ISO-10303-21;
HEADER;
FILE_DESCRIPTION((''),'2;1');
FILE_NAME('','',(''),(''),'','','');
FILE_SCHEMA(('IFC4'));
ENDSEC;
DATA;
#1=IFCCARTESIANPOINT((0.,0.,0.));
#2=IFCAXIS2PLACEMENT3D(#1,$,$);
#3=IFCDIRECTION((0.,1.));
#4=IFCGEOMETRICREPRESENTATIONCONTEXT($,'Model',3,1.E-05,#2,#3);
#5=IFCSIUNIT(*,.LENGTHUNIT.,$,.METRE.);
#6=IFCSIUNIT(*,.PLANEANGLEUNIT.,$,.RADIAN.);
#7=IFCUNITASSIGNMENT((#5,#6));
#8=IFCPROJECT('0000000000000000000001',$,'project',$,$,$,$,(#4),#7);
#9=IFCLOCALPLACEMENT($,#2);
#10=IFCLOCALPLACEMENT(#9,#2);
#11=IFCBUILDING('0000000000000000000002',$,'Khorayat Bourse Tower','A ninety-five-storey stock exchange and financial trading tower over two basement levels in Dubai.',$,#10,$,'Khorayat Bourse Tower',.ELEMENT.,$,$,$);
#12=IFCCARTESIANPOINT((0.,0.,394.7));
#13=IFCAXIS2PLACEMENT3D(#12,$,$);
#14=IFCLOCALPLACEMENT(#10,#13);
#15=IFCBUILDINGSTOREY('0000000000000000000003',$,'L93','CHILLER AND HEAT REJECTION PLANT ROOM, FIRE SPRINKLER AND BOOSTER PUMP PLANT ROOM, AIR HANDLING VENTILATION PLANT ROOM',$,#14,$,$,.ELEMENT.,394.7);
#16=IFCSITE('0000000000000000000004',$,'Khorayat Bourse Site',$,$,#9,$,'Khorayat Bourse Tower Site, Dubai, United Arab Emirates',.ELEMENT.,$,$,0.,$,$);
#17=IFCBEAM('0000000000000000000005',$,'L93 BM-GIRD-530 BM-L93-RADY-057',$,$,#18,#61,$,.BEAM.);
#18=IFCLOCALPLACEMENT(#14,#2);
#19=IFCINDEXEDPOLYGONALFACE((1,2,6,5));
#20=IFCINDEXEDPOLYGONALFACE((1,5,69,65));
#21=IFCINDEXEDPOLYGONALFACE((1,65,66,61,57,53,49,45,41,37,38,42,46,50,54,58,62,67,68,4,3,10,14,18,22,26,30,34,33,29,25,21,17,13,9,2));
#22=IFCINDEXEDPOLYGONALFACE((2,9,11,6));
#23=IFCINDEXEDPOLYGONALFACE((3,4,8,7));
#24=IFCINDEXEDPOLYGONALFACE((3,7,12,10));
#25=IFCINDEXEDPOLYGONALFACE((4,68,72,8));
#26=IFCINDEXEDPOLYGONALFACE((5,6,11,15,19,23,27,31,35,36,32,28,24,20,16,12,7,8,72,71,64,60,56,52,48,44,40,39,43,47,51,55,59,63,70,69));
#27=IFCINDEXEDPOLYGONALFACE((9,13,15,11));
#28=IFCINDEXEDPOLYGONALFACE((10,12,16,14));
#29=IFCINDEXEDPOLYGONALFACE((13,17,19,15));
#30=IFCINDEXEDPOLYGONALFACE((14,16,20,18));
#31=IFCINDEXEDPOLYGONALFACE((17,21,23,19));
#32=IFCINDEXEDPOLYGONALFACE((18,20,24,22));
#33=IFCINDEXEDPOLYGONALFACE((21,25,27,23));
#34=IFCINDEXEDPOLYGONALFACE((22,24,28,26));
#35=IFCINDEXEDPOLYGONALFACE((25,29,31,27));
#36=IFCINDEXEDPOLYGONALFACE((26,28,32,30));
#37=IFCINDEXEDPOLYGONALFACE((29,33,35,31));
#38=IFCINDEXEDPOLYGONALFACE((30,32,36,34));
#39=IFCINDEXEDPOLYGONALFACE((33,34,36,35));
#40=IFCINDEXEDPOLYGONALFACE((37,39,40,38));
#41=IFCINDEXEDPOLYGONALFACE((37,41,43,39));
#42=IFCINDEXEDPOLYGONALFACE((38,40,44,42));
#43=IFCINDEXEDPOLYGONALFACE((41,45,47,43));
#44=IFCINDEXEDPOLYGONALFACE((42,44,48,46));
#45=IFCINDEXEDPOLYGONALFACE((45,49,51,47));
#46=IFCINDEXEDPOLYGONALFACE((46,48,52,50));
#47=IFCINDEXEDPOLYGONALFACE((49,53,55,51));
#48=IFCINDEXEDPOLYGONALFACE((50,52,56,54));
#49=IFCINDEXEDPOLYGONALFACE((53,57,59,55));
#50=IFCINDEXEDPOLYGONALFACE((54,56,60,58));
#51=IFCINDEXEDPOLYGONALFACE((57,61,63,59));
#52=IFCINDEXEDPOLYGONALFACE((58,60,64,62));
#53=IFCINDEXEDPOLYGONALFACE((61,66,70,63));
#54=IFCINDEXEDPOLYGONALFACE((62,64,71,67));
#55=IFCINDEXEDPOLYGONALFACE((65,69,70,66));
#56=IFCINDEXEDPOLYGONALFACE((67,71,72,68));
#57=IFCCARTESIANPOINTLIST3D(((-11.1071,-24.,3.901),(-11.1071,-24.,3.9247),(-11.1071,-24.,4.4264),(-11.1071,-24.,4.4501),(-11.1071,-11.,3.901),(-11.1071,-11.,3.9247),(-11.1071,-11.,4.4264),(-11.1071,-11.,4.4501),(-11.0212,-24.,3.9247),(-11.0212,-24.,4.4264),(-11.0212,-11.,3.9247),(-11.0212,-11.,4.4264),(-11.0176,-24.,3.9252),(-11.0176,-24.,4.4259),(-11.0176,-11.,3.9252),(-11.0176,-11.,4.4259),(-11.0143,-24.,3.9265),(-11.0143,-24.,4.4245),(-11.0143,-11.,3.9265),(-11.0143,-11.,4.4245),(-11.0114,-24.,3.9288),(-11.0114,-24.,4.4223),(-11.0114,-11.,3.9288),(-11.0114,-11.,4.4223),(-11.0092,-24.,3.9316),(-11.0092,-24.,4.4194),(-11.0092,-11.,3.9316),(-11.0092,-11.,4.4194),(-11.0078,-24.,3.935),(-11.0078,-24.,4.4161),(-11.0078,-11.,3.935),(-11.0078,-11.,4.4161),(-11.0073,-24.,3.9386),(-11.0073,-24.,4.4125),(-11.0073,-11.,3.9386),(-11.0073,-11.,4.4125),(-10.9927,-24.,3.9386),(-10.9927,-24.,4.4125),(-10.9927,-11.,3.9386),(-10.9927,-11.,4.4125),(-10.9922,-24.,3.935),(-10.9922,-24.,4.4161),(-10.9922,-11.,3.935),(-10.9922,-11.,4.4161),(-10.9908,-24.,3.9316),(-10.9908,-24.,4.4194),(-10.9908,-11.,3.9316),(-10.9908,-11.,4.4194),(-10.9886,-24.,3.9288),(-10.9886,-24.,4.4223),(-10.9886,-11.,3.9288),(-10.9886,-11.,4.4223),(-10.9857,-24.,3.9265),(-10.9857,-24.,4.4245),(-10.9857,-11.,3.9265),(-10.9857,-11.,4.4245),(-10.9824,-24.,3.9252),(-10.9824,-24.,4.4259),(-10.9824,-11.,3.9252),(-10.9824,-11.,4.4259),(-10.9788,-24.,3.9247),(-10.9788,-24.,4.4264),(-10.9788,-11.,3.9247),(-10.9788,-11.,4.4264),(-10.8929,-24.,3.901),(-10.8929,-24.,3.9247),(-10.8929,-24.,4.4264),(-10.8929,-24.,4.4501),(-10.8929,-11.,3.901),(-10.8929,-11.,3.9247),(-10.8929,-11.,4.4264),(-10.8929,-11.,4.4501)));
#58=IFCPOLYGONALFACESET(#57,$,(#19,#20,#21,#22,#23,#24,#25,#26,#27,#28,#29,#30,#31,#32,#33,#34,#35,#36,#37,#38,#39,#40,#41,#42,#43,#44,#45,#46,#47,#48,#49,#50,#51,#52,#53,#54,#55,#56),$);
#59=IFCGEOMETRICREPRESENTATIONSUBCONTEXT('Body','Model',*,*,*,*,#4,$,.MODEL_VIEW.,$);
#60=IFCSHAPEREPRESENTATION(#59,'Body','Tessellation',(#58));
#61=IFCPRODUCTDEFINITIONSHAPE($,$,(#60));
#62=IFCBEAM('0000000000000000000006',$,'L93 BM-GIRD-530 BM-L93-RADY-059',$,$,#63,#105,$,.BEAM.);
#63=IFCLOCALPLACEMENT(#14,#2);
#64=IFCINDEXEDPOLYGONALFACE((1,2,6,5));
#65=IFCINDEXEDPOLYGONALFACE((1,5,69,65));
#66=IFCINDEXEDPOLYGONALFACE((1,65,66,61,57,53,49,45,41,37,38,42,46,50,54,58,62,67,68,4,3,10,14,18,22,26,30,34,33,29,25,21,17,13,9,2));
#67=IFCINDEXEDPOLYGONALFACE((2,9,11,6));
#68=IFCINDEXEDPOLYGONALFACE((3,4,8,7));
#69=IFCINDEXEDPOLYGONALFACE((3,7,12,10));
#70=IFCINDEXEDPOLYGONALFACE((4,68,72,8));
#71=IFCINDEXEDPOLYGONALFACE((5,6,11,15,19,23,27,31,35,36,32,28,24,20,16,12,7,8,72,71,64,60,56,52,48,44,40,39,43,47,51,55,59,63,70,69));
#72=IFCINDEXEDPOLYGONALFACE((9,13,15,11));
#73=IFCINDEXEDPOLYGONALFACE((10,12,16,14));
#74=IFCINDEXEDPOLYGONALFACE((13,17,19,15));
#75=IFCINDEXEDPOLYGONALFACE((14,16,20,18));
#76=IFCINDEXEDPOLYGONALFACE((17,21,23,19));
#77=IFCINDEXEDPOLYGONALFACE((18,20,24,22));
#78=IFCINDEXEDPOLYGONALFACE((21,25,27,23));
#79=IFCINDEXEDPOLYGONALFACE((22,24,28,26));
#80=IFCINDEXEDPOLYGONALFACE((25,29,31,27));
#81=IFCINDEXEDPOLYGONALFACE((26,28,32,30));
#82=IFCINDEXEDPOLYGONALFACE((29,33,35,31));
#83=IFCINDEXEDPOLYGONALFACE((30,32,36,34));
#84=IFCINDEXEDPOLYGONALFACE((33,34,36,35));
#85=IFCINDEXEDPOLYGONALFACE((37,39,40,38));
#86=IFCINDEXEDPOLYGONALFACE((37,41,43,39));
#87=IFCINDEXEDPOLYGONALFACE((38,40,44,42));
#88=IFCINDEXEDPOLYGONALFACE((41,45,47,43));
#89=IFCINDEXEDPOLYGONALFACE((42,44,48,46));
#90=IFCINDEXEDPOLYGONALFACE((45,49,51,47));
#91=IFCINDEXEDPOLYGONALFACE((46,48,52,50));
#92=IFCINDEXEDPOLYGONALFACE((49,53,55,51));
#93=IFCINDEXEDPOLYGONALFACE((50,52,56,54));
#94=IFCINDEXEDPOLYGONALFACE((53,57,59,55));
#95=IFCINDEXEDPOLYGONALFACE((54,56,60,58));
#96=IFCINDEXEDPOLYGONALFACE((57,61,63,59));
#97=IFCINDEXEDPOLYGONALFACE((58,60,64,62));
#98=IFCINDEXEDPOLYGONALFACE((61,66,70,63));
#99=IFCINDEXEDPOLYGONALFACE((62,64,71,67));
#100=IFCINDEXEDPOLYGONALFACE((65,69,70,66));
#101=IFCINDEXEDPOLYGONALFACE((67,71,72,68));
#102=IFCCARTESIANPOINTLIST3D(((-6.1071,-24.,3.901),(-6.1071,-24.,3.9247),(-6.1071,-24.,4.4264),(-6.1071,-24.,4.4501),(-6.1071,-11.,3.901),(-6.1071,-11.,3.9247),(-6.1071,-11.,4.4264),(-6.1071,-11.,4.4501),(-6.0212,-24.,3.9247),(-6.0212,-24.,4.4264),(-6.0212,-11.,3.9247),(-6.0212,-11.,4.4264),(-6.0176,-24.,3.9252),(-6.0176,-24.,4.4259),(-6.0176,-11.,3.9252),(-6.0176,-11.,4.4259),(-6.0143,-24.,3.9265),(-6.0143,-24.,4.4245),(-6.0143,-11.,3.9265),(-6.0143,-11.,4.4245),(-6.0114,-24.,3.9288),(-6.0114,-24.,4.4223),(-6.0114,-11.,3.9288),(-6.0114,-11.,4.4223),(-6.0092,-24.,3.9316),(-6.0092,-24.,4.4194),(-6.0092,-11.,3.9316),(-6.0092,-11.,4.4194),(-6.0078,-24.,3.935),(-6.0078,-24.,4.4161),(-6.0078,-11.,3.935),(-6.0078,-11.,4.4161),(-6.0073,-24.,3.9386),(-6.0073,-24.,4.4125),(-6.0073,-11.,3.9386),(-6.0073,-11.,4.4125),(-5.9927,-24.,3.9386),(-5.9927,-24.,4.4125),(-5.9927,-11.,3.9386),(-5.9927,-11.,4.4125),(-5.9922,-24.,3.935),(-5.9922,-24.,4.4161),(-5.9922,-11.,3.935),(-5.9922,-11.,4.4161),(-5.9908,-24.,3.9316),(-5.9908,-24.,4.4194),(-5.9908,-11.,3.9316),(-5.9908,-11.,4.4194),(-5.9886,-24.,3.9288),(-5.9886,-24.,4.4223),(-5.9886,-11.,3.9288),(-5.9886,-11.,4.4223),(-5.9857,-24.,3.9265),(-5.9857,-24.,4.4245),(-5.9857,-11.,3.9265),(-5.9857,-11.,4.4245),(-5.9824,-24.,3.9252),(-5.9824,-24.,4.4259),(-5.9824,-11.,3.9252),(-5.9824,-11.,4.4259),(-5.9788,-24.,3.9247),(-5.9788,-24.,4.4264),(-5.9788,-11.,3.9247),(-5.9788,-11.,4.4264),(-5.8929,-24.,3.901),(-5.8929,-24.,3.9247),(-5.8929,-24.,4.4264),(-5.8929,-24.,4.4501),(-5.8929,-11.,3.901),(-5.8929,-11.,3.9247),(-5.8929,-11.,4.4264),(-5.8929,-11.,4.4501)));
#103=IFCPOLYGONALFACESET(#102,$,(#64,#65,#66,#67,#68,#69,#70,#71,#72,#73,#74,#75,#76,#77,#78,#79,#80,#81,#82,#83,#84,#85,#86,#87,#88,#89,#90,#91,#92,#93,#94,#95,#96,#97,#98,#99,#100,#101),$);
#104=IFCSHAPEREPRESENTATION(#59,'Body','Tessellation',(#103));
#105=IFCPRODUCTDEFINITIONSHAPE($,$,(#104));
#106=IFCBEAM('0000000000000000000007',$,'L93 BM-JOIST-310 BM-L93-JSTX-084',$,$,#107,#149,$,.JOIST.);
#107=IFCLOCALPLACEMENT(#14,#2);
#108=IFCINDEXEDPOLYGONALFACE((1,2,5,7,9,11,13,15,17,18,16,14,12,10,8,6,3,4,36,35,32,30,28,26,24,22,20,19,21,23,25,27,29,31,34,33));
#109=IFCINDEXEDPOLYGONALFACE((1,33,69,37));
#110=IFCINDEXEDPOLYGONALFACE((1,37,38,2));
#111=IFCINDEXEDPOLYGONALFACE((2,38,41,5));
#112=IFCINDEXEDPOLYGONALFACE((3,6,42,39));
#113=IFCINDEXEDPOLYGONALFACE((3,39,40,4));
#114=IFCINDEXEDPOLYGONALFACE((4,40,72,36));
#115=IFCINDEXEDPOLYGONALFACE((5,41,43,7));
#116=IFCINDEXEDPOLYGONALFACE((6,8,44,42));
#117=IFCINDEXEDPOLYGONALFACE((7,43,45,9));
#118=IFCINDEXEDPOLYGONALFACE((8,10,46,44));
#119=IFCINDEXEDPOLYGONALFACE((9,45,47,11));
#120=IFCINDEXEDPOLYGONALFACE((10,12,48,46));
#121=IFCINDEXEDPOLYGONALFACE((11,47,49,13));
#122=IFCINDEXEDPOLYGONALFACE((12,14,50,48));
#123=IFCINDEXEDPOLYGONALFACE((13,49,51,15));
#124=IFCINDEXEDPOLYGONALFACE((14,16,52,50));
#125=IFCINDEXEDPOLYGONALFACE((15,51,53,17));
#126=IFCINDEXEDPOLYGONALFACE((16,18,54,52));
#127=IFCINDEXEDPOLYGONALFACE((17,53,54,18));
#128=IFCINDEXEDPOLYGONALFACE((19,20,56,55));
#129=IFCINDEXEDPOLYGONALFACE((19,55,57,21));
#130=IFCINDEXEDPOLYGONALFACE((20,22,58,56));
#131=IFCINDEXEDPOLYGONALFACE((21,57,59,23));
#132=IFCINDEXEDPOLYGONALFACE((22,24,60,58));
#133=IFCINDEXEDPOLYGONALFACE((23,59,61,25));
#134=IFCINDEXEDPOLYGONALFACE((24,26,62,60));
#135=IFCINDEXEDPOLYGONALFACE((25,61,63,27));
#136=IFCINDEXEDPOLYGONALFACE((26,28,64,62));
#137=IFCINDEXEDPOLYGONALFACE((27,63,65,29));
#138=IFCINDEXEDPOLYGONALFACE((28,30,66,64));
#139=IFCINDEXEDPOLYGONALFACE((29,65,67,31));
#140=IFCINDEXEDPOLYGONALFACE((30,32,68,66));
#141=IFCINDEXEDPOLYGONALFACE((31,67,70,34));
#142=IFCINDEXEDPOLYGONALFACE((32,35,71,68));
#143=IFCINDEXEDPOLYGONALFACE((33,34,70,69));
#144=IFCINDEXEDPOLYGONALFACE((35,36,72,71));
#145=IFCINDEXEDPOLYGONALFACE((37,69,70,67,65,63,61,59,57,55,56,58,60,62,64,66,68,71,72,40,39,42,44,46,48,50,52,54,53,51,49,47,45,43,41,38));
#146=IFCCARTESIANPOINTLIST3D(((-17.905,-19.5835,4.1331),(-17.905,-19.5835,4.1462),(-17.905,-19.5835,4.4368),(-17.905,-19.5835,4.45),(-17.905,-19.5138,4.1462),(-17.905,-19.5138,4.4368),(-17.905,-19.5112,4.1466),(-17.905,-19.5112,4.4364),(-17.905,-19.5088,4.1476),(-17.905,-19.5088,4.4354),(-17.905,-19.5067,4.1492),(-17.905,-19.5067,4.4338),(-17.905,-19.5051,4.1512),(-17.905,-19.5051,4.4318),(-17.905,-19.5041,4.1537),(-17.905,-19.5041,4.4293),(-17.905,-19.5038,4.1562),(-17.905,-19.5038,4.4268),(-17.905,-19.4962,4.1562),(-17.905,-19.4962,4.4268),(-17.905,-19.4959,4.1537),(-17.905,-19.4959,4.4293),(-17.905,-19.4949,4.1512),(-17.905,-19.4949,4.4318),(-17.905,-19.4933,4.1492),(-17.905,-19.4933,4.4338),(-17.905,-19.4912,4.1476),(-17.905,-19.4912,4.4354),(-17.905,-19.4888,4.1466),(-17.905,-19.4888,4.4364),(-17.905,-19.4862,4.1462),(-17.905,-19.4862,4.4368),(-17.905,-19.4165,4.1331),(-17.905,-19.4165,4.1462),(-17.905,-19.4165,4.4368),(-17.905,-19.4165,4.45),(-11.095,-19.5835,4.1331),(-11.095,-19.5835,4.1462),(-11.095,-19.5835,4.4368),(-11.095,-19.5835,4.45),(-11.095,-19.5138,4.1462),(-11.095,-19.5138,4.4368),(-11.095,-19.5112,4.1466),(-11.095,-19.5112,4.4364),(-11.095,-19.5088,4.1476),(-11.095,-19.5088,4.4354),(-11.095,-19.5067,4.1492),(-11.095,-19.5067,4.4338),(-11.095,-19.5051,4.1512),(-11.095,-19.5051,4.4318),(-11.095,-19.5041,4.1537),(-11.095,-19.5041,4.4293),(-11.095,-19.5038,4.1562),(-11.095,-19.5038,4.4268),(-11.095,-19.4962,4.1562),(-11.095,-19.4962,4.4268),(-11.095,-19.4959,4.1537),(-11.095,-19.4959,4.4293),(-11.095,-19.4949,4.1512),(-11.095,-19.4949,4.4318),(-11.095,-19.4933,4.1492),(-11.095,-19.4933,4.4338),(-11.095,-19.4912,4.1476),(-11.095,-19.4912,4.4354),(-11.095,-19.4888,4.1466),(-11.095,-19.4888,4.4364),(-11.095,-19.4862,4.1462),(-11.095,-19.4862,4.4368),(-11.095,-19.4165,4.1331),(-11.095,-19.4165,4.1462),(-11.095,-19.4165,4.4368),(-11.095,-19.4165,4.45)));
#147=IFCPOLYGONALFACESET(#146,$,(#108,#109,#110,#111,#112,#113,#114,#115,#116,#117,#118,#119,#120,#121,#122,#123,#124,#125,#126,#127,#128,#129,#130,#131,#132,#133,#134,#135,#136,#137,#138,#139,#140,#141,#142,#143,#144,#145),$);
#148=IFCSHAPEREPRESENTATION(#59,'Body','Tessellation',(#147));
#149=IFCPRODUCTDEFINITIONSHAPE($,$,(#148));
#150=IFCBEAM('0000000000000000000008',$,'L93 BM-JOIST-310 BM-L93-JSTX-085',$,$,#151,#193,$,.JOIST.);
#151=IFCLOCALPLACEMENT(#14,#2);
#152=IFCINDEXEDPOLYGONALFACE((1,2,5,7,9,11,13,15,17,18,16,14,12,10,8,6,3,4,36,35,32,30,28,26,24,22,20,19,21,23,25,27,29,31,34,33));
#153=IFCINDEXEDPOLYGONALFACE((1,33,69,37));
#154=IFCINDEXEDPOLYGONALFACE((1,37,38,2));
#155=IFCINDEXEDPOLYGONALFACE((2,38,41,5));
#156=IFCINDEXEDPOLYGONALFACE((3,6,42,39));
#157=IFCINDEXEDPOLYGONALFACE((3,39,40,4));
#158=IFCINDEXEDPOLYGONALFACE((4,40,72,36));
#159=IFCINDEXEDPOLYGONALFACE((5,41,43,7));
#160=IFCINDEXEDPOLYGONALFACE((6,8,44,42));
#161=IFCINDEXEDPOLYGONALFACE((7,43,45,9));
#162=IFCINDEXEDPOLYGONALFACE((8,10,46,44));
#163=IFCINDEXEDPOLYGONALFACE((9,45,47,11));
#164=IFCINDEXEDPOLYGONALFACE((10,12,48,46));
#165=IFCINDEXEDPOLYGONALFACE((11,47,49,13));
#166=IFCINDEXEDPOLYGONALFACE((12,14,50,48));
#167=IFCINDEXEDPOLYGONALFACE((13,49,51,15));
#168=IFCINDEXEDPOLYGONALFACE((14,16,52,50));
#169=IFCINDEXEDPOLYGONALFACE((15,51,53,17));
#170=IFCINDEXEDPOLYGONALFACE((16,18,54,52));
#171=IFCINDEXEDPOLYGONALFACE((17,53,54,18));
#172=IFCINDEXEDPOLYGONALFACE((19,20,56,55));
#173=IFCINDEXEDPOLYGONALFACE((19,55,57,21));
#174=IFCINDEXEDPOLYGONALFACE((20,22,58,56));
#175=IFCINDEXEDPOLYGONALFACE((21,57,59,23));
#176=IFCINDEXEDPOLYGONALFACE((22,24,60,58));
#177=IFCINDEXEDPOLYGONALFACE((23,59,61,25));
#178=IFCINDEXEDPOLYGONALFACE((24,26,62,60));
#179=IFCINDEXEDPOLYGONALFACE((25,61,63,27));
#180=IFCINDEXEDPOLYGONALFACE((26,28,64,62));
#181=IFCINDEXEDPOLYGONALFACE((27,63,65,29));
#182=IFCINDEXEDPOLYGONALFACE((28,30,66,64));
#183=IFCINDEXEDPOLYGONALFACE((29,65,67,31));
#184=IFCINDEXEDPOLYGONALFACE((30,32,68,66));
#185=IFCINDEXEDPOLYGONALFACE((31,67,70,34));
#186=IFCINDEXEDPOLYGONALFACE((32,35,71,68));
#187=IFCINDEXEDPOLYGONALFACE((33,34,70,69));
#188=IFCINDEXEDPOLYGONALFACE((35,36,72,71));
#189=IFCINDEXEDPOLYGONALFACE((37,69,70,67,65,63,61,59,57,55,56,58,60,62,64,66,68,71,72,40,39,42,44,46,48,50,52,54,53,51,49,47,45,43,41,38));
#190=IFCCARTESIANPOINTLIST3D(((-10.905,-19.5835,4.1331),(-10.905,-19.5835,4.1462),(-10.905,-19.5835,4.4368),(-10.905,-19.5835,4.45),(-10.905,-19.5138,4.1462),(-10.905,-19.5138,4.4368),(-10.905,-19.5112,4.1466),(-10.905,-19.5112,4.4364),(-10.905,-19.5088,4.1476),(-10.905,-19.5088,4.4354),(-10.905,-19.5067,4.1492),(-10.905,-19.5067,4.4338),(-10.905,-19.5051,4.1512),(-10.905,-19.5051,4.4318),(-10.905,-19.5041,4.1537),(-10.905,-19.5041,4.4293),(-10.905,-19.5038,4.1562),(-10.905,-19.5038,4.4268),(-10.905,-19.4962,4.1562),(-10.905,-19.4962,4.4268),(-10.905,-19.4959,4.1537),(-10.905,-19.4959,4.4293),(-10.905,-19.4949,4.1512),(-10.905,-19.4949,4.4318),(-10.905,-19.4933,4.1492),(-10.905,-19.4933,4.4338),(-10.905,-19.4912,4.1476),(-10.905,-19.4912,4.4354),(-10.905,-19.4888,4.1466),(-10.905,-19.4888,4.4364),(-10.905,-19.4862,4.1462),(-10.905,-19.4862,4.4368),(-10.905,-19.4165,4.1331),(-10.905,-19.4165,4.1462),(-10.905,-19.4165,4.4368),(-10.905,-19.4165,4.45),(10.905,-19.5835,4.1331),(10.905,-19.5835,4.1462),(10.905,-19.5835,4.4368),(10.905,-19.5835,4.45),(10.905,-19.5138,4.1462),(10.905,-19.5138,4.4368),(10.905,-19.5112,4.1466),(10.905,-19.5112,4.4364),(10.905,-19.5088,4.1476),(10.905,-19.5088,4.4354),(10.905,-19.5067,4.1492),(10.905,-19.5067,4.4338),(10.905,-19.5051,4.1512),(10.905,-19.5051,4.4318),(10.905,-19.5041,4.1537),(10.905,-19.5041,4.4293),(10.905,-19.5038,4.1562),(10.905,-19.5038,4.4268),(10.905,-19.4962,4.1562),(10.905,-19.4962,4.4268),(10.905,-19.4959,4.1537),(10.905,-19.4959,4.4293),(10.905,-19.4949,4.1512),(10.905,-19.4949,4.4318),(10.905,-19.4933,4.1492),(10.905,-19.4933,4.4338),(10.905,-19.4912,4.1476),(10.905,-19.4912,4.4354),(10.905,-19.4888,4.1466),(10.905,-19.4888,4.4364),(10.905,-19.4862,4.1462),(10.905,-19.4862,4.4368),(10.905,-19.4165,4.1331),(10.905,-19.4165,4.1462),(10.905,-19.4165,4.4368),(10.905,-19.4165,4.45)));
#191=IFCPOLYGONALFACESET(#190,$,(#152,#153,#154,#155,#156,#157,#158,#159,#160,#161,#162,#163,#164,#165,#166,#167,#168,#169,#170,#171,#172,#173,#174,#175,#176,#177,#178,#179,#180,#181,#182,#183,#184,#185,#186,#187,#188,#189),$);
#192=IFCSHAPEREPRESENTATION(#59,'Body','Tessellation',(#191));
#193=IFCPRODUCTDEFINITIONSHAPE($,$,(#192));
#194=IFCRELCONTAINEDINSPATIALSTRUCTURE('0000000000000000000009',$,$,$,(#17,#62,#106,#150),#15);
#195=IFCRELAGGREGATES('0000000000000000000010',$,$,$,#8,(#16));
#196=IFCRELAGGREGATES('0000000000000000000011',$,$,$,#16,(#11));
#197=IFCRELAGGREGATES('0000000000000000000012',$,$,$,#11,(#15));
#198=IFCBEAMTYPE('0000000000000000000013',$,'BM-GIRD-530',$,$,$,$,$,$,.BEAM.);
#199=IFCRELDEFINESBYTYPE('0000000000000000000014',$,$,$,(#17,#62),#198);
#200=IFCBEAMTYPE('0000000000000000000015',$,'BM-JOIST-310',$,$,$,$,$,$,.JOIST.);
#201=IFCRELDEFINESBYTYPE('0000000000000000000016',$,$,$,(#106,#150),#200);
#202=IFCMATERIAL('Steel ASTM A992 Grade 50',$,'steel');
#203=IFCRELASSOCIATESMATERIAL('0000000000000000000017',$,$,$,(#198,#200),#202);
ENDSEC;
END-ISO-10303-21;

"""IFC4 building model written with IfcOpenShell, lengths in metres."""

from ifc_helpers import new_model, si_unit, direction, frame, origin, origin_2d, place, context, subcontext, project, spatial, i_section, extrude, source, transform, mapped, material, material_profile, profile_set, type_object, element, save


model = new_model("IFC4")

# Units and contexts
model_context = context("Model", 3, precision=1e-05, world=origin(), true_north=direction((0.0, 1.0)))
body_context = subcontext(model_context, "Body", "Model", "MODEL_VIEW")
ifc_project = project(units=[si_unit("LENGTHUNIT", "METRE"), si_unit("PLANEANGLEUNIT", "RADIAN")], contexts=[model_context])

# Site, building, storey
site_placement = place(None, origin())
site = spatial("IfcSite", under=ifc_project, at=site_placement, Name="Khorayat Bourse Site", LongName="Khorayat Bourse Tower Site, Dubai, United Arab Emirates", CompositionType="ELEMENT", RefElevation=0.0)
building_placement = place(site_placement, origin())
building = spatial("IfcBuilding", under=site, at=building_placement, Name="Khorayat Bourse Tower", Description="A ninety-five-storey stock exchange and financial trading tower over two basement levels in Dubai.", LongName="Khorayat Bourse Tower", CompositionType="ELEMENT")
storey_placement = place(building_placement, frame((0.0, 0.0, 394.7)))
storey = spatial("IfcBuildingStorey", under=building, at=storey_placement, Name="L93", Description="CHILLER AND HEAT REJECTION PLANT ROOM, FIRE SPRINKLER AND BOOSTER PUMP PLANT ROOM, AIR HANDLING VENTILATION PLANT ROOM", CompositionType="ELEMENT", Elevation=394.7)

# Beams
ifc_material_1 = material(Name="Steel ASTM A992 Grade 50", Category="steel")
ifc_material_profile_1 = material_profile(ifc_material_1, i_section(OverallWidth=0.2141, OverallDepth=0.5491, WebThickness=0.0146, FlangeThickness=0.0237, FilletRadius=0.0139, at=origin_2d()), Name="W530X138")
ifc_profile_set_1 = profile_set([ifc_material_profile_1], Name="Steel ASTM A992 Grade 50")
beam_type_1 = type_object("IfcBeamType", Name="BM-GIRD-530", PredefinedType="BEAM", material=ifc_profile_set_1)
shared_shape_1 = source(origin(), body_context, "Body", "SweptSolid", [
    extrude(i_section(OverallWidth=0.2141, OverallDepth=0.5491, WebThickness=0.0146, FlangeThickness=0.0237, FilletRadius=0.0139, at=origin_2d()), origin(), (0.0, 0.0, 1.0), 13.0),
])
for number, where, z_axis, x_axis, name in (
    (1, (-11.0, -24.0, 4.1755), (0.0, 1.0, 0.0), (-1.0, 0.0, 0.0), "L93 BM-GIRD-530 BM-L93-RADY-057"),
    (2, (-6.0, -24.0, 4.1755), (0.0, 1.0, 0.0), (-1.0, 0.0, 0.0), "L93 BM-GIRD-530 BM-L93-RADY-059"),
):
    element("IfcBeam", number, at=place(storey_placement, frame(where, z_axis=z_axis, x_axis=x_axis)), inside=storey, type_object=beam_type_1, Name=name, PredefinedType="BEAM", context=body_context, shape_type="MappedRepresentation", body=[
        mapped(shared_shape_1, transform((0.0, 0.0, 0.0), scale=1.0)),
    ])
ifc_material_profile_2 = material_profile(ifc_material_1, i_section(OverallWidth=0.167, OverallDepth=0.3169, WebThickness=0.0076, FlangeThickness=0.0132, FilletRadius=0.01, at=origin_2d()), Name="W310X52")
ifc_profile_set_2 = profile_set([ifc_material_profile_2], Name="Steel ASTM A992 Grade 50")
beam_type_2 = type_object("IfcBeamType", Name="BM-JOIST-310", PredefinedType="JOIST", material=ifc_profile_set_2)
shared_shape_2 = source(origin(), body_context, "Body", "SweptSolid", [
    extrude(i_section(OverallWidth=0.167, OverallDepth=0.3169, WebThickness=0.0076, FlangeThickness=0.0132, FilletRadius=0.01, at=origin_2d()), origin(), (0.0, 0.0, 1.0), 6.8101),
])
beam_1_placement = place(storey_placement, frame((-17.905, -19.5, 4.2915), z_axis=(1.0, 0.0, 0.0), x_axis=(0.0, 1.0, 0.0)))
element("IfcBeam", 3, at=beam_1_placement, inside=storey, type_object=beam_type_2, Name="L93 BM-JOIST-310 BM-L93-JSTX-084", PredefinedType="JOIST", context=body_context, shape_type="MappedRepresentation", body=[
    mapped(shared_shape_2, transform((0.0, 0.0, 0.0), scale=1.0)),
])
shared_shape_3 = source(origin(), body_context, "Body", "SweptSolid", [
    extrude(i_section(OverallWidth=0.167, OverallDepth=0.3169, WebThickness=0.0076, FlangeThickness=0.0132, FilletRadius=0.01, at=origin_2d()), origin(), (0.0, 0.0, 1.0), 21.8101),
])
beam_2_placement = place(storey_placement, frame((-10.905, -19.5, 4.2915), z_axis=(1.0, 0.0, 0.0), x_axis=(0.0, 1.0, 0.0)))
element("IfcBeam", 4, at=beam_2_placement, inside=storey, type_object=beam_type_2, Name="L93 BM-JOIST-310 BM-L93-JSTX-085", PredefinedType="JOIST", context=body_context, shape_type="MappedRepresentation", body=[
    mapped(shared_shape_3, transform((0.0, 0.0, 0.0), scale=1.0)),
])

save(model, "model.ifc")
